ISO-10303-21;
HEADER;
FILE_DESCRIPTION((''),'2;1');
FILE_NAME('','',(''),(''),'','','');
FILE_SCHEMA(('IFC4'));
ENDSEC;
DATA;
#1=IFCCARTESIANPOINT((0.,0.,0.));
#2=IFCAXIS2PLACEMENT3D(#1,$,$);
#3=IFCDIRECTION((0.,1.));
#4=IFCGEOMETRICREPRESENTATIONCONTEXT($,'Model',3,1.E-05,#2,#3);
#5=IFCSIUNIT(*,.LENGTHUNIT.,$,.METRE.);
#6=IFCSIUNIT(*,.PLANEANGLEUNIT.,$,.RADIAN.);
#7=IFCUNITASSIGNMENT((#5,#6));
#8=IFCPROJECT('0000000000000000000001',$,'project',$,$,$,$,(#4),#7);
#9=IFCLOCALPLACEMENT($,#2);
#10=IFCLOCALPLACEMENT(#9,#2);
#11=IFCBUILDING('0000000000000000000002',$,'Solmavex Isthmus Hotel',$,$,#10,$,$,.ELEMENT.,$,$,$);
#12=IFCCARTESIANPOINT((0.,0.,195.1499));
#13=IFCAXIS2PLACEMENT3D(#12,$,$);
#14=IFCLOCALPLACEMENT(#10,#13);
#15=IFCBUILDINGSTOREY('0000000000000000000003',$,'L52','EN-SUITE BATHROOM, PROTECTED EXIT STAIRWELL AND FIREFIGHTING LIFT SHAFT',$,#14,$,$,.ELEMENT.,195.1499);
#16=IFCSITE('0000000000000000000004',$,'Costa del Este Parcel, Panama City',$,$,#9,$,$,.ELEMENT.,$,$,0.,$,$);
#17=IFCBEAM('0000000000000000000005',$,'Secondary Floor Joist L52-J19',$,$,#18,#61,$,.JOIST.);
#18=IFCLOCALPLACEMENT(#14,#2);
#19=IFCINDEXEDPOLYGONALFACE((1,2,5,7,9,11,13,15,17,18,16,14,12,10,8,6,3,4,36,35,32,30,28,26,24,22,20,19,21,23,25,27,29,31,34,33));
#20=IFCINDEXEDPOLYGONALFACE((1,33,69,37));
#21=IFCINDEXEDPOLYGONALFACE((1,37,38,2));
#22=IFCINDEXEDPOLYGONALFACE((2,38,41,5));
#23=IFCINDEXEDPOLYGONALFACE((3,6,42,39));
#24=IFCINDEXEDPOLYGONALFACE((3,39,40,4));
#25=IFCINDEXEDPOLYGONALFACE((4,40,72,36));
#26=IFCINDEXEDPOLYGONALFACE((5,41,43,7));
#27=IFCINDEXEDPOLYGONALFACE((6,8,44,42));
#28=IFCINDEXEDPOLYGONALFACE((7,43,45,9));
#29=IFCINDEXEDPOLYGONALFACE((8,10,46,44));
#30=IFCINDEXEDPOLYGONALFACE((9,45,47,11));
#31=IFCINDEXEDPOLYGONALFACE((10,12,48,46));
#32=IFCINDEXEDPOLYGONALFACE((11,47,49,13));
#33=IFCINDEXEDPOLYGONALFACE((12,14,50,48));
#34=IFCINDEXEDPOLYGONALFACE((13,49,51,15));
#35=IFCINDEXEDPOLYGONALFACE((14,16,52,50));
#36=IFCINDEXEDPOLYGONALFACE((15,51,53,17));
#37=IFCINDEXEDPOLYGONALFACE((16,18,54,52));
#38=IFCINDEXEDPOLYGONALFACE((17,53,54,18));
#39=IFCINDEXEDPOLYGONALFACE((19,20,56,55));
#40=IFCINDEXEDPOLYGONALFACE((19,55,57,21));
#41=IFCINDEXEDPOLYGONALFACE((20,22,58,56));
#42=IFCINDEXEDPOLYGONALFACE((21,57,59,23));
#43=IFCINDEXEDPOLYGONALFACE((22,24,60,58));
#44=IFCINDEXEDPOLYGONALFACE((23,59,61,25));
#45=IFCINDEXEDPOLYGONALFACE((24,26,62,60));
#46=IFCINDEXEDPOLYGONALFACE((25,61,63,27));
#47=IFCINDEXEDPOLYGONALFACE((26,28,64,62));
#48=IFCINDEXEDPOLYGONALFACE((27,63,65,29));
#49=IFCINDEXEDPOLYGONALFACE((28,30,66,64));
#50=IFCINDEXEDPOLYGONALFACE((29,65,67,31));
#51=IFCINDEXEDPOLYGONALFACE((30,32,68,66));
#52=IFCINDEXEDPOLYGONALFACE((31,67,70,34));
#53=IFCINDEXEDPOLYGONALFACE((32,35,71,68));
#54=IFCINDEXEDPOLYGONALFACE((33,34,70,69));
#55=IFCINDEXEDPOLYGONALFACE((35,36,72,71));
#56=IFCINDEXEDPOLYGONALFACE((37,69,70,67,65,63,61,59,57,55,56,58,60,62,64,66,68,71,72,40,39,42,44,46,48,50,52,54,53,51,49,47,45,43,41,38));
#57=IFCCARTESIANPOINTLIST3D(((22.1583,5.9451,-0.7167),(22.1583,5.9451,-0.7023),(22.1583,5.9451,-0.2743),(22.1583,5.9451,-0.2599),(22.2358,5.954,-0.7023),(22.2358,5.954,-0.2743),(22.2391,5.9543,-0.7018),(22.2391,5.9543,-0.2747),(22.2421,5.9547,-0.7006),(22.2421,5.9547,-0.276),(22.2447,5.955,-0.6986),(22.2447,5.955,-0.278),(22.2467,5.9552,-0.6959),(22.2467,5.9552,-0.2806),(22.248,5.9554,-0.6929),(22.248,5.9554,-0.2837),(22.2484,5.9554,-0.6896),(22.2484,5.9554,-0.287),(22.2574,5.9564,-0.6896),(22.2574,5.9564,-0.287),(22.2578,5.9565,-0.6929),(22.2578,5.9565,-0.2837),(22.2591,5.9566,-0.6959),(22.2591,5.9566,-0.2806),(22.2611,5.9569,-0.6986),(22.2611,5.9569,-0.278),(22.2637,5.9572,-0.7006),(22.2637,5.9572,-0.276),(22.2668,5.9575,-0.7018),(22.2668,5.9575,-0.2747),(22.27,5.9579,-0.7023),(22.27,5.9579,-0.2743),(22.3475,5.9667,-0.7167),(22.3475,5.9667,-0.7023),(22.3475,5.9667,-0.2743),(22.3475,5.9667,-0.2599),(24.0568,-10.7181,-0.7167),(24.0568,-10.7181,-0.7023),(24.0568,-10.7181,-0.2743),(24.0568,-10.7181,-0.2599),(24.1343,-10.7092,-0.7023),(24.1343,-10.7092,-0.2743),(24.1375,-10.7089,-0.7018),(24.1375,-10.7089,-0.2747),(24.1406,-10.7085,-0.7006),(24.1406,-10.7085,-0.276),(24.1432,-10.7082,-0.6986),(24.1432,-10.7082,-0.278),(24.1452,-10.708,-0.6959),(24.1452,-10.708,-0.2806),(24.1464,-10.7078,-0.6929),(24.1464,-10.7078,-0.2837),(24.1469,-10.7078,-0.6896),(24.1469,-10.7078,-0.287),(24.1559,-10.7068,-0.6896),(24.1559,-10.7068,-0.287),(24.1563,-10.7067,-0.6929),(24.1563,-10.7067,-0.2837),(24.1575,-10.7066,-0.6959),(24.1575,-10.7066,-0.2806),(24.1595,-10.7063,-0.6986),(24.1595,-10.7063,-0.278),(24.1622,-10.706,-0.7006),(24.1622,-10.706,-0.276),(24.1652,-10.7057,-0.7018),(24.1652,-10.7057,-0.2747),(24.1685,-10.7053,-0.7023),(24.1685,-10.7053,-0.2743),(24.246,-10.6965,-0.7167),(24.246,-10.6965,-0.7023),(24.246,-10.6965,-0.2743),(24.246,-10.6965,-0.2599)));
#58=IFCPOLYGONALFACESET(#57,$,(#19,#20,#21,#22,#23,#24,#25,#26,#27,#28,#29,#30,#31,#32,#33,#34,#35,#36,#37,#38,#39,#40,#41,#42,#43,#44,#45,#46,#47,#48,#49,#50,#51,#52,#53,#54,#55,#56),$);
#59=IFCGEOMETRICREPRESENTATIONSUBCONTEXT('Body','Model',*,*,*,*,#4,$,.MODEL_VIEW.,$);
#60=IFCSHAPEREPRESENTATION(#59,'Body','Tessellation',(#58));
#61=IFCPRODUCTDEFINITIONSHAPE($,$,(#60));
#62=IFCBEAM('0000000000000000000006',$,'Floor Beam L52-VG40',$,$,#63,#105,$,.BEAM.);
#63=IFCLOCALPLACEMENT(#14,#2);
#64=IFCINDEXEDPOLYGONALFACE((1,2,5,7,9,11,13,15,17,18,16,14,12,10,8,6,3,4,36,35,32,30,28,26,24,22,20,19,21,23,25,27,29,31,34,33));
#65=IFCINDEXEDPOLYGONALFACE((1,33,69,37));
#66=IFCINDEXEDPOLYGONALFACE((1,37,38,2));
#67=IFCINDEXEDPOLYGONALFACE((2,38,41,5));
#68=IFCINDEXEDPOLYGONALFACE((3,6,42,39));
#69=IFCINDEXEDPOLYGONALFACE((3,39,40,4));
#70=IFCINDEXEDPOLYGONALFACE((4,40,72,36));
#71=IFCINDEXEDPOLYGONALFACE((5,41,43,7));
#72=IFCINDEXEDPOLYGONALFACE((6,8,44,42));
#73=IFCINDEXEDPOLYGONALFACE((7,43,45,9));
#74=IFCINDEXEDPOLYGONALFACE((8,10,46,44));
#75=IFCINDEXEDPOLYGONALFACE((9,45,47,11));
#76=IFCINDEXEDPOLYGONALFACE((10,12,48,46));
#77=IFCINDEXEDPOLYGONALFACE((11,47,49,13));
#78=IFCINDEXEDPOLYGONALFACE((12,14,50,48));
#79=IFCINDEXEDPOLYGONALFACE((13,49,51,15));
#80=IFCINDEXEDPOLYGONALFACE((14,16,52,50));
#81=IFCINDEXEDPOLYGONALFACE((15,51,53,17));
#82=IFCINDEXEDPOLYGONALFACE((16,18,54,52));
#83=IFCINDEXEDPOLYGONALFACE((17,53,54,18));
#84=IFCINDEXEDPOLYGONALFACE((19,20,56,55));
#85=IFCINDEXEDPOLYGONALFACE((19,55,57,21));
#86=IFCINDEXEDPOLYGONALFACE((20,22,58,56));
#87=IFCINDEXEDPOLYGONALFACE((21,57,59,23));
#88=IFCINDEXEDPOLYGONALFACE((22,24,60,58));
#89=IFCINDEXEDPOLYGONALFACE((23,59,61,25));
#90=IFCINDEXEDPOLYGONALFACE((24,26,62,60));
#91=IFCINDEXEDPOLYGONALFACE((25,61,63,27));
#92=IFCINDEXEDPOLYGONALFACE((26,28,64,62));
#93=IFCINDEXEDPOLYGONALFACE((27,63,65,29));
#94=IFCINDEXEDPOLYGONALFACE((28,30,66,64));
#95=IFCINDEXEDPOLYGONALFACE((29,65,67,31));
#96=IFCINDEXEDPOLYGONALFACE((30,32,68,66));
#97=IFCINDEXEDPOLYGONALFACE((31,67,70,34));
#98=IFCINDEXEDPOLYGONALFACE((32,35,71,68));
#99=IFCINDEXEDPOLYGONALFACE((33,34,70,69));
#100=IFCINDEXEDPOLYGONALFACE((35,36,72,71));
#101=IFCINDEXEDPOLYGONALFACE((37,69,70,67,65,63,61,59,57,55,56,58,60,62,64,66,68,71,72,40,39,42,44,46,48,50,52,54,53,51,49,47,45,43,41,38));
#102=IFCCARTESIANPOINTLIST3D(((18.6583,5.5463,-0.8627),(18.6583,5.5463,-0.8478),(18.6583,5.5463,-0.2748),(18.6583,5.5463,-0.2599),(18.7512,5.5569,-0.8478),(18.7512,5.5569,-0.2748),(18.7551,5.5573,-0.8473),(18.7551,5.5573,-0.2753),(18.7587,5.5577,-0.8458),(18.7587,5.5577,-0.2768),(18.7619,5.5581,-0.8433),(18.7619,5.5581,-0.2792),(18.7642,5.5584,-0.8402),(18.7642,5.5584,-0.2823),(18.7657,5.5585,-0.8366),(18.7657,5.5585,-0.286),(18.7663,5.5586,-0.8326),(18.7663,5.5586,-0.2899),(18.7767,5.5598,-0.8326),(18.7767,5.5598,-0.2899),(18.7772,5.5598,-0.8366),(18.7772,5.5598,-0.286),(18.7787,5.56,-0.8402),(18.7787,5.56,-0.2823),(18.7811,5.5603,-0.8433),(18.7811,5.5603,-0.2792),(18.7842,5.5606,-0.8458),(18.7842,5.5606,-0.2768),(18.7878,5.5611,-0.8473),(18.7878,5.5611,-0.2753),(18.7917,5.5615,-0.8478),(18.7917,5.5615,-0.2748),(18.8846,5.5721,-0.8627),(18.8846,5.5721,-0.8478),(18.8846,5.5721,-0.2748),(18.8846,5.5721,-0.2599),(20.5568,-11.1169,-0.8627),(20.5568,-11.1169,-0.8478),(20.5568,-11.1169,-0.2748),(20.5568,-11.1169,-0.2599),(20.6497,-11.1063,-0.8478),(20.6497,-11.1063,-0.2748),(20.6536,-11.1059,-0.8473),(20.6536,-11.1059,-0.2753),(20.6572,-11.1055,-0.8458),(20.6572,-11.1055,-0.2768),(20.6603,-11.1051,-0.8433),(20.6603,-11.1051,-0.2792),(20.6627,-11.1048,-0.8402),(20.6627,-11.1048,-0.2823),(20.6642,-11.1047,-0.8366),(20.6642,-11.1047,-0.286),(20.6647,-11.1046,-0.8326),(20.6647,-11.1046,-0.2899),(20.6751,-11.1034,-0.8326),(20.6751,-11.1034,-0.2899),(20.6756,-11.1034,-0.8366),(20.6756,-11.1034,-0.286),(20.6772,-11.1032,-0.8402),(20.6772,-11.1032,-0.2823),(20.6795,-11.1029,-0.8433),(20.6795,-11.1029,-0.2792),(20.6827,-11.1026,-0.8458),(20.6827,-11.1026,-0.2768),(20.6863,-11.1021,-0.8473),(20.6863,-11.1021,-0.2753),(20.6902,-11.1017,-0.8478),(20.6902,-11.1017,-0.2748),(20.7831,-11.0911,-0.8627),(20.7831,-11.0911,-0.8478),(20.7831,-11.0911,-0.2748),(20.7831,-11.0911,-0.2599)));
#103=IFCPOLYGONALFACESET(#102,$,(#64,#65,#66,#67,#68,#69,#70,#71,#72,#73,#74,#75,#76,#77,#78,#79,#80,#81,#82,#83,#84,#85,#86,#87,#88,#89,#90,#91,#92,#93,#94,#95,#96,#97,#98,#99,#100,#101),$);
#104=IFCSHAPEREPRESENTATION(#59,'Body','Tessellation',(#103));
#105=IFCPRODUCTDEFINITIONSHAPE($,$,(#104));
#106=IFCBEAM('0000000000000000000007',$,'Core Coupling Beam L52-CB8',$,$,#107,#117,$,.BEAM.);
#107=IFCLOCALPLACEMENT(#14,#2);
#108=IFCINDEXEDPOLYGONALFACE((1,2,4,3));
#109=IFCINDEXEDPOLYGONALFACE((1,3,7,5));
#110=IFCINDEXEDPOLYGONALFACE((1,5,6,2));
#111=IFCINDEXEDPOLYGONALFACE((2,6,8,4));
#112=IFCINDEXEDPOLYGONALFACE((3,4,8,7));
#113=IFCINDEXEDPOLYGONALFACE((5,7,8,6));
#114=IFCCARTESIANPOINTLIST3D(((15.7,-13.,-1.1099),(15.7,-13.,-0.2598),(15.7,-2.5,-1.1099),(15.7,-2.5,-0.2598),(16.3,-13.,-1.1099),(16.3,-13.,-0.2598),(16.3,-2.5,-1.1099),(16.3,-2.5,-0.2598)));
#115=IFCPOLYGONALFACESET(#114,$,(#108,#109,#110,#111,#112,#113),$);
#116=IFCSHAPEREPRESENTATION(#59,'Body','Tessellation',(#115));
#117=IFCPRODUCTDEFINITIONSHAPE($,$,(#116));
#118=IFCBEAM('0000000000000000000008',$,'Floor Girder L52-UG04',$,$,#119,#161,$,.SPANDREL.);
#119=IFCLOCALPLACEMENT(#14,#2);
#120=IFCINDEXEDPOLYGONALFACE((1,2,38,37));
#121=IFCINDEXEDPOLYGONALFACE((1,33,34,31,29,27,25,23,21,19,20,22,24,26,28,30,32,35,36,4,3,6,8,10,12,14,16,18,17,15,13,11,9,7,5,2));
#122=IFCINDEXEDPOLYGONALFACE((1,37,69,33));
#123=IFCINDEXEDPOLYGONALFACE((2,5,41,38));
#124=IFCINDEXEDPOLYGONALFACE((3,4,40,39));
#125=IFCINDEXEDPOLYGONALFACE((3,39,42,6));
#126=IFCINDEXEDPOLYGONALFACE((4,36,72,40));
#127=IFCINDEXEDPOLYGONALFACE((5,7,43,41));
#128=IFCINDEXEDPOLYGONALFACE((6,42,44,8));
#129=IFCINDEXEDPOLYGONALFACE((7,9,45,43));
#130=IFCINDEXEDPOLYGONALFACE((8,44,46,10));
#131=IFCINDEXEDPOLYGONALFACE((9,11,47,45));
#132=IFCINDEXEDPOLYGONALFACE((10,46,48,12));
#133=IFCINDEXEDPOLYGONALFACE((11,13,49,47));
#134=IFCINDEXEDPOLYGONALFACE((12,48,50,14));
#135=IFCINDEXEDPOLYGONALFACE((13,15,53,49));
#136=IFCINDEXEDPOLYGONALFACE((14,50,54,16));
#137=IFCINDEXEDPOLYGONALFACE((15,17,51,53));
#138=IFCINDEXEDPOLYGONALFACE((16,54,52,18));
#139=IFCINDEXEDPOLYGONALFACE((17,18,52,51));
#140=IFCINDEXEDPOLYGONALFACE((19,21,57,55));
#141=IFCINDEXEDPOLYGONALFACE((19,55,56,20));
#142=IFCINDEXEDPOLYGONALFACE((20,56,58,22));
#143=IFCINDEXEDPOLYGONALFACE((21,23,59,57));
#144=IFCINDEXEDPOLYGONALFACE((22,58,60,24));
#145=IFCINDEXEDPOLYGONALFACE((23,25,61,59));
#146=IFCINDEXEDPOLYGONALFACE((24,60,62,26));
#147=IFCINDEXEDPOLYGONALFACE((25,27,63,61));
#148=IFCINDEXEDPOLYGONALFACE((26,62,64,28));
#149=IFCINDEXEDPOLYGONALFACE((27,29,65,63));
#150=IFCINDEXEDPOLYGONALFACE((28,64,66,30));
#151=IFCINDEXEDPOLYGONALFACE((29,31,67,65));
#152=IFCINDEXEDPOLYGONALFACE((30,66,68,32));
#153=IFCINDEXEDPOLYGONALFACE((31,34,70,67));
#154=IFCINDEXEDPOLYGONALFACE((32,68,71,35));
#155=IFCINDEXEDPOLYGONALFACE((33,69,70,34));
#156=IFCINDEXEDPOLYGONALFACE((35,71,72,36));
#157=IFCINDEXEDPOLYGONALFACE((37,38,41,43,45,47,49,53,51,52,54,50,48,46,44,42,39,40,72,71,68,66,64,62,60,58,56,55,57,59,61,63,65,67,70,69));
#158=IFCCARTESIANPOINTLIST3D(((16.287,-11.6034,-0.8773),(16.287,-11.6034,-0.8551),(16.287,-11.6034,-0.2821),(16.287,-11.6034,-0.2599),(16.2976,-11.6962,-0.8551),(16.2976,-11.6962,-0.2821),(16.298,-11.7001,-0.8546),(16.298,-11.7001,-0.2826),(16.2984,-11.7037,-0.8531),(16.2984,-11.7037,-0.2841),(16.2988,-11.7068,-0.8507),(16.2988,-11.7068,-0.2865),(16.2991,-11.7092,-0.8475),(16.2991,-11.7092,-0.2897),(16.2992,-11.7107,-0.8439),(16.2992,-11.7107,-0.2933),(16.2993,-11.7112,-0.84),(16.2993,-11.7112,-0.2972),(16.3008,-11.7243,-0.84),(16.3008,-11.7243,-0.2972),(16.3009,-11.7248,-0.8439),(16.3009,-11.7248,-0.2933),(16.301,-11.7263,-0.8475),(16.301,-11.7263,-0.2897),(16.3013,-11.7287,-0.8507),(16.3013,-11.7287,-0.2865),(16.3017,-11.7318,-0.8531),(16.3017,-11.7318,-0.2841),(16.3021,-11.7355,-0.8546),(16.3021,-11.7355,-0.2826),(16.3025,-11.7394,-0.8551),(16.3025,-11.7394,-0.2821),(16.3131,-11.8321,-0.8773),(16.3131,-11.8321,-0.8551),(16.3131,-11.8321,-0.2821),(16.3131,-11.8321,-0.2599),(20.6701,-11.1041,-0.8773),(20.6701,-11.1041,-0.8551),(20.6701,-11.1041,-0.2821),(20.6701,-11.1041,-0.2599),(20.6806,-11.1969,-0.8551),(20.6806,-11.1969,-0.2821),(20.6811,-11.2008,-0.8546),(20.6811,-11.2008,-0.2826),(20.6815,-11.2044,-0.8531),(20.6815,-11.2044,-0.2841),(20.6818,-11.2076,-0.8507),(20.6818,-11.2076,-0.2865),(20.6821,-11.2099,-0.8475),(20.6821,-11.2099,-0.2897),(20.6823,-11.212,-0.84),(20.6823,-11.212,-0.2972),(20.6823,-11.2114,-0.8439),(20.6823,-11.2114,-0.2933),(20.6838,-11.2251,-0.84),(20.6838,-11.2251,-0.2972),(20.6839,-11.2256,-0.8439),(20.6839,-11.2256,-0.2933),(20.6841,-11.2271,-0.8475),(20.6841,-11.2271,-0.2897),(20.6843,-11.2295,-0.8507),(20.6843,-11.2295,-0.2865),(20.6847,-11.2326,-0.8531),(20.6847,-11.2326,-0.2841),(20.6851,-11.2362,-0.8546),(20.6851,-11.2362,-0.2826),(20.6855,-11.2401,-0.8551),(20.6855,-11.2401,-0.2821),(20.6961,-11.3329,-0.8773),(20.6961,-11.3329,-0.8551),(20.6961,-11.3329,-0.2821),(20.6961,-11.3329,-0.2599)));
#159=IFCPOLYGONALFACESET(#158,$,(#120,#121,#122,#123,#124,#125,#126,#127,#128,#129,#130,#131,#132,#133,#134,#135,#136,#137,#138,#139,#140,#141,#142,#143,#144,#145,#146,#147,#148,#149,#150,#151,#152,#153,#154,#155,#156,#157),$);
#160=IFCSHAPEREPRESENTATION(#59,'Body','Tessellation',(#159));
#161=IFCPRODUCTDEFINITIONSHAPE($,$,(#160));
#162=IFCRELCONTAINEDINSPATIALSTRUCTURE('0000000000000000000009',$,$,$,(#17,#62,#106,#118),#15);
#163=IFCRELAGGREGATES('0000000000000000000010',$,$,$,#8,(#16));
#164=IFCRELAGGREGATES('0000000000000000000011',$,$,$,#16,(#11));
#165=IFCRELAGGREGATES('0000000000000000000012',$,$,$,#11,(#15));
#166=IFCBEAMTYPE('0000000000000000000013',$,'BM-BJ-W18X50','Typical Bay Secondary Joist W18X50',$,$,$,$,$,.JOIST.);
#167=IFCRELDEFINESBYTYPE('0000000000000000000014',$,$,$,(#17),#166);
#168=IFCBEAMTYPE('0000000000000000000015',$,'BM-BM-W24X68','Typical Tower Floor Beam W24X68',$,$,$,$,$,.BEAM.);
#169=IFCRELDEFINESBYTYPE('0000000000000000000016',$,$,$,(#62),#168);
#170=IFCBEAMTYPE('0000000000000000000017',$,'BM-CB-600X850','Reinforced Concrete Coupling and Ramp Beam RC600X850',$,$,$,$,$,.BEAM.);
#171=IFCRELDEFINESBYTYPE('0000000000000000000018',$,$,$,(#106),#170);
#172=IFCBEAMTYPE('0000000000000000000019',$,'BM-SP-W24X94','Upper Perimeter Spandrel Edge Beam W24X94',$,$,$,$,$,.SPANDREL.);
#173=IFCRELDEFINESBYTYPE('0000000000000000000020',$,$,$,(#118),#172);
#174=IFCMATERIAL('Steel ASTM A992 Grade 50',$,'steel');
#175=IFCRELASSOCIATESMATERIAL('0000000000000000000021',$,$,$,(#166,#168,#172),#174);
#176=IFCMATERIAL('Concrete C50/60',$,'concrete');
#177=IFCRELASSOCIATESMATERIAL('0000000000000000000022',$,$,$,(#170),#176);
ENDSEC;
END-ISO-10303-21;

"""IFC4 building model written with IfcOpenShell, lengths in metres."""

from ifc_helpers import new_model, si_unit, direction, frame, origin, origin_2d, place, context, subcontext, project, spatial, rectangle, i_section, extrude, material, material_profile, profile_set, type_object, element, save


model = new_model("IFC4")

# Units and contexts
model_context = context("Model", 3, precision=1e-05, world=origin(), true_north=direction((0.0, 1.0)))
body_context = subcontext(model_context, "Body", "Model", "MODEL_VIEW")
ifc_project = project(units=[si_unit("LENGTHUNIT", "METRE"), si_unit("PLANEANGLEUNIT", "RADIAN")], contexts=[model_context])

# Site, building, storey
site_placement = place(None, origin())
site = spatial("IfcSite", under=ifc_project, at=site_placement, Name="Costa del Este Parcel, Panama City", CompositionType="ELEMENT", RefElevation=0.0)
building_placement = place(site_placement, origin())
building = spatial("IfcBuilding", under=site, at=building_placement, Name="Solmavex Isthmus Hotel", CompositionType="ELEMENT")
storey_placement = place(building_placement, frame((0.0, 0.0, 195.1499)))
storey = spatial("IfcBuildingStorey", under=building, at=storey_placement, Name="L52", Description="EN-SUITE BATHROOM, PROTECTED EXIT STAIRWELL AND FIREFIGHTING LIFT SHAFT", CompositionType="ELEMENT", Elevation=195.1499)

# Shared definitions
ifc_material_1 = material(Name="Concrete C50/60", Category="concrete")

# Beams
ifc_material_2 = material(Name="Steel ASTM A992 Grade 50", Category="steel")
ifc_material_profile_1 = material_profile(ifc_material_2, i_section(OverallWidth=0.1904, OverallDepth=0.4568, WebThickness=0.009, FlangeThickness=0.0144, FilletRadius=0.0127, at=origin_2d()), Name="W18X50")
ifc_profile_set_1 = profile_set([ifc_material_profile_1], Name="Steel ASTM A992 Grade 50")
beam_type_1 = type_object("IfcBeamType", Name="BM-BJ-W18X50", Description="Typical Bay Secondary Joist W18X50", PredefinedType="JOIST", material=ifc_profile_set_1)
beam_1_placement = place(storey_placement, frame((24.1514, -10.7073, -0.4883), z_axis=(-0.113198, 0.993572, 0.0), x_axis=(-0.993572, -0.113198, 0.0)))
element("IfcBeam", 1, at=beam_1_placement, inside=storey, type_object=beam_type_1, Name="Secondary Floor Joist L52-J19", PredefinedType="JOIST", context=body_context, shape_type="SweptSolid", body=[
    extrude(i_section(OverallWidth=0.1904, OverallDepth=0.4568, WebThickness=0.009, FlangeThickness=0.0144, FilletRadius=0.0127, at=origin_2d()), origin(), (0.0, 0.0, 1.0), 16.771),
])
ifc_material_profile_2 = material_profile(ifc_material_2, i_section(OverallWidth=0.2278, OverallDepth=0.6028, WebThickness=0.0105, FlangeThickness=0.0149, FilletRadius=0.0151, at=origin_2d()), Name="W24X68")
ifc_profile_set_2 = profile_set([ifc_material_profile_2], Name="Steel ASTM A992 Grade 50")
beam_type_2 = type_object("IfcBeamType", Name="BM-BM-W24X68", Description="Typical Tower Floor Beam W24X68", PredefinedType="BEAM", material=ifc_profile_set_2)
beam_2_placement = place(storey_placement, frame((20.6699, -11.104, -0.5613), z_axis=(-0.113198, 0.993572, 0.0), x_axis=(-0.993572, -0.113198, 0.0)))
element("IfcBeam", 2, at=beam_2_placement, inside=storey, type_object=beam_type_2, Name="Floor Beam L52-VG40", PredefinedType="BEAM", context=body_context, shape_type="SweptSolid", body=[
    extrude(i_section(OverallWidth=0.2278, OverallDepth=0.6028, WebThickness=0.0105, FlangeThickness=0.0149, FilletRadius=0.0151, at=origin_2d()), origin(), (0.0, 0.0, 1.0), 16.771),
])
ifc_material_profile_3 = material_profile(ifc_material_1, rectangle(XDim=0.6001, YDim=0.8501, at=origin_2d()), Name="RC600X850")
ifc_profile_set_3 = profile_set([ifc_material_profile_3], Name="Concrete C50/60")
beam_type_3 = type_object("IfcBeamType", Name="BM-CB-600X850", Description="Reinforced Concrete Coupling and Ramp Beam RC600X850", PredefinedType="BEAM", material=ifc_profile_set_3)
beam_3_placement = place(storey_placement, frame((16.0, -13.0, -0.6848), z_axis=(0.0, 1.0, 0.0), x_axis=(-1.0, 0.0, 0.0)))
element("IfcBeam", 3, at=beam_3_placement, inside=storey, type_object=beam_type_3, Name="Core Coupling Beam L52-CB8", PredefinedType="BEAM", context=body_context, shape_type="SweptSolid", body=[
    extrude(rectangle(XDim=0.6001, YDim=0.8501, at=origin_2d()), origin(), (0.0, 0.0, 1.0), 10.5),
])
ifc_material_profile_4 = material_profile(ifc_material_2, i_section(OverallWidth=0.2302, OverallDepth=0.6174, WebThickness=0.0132, FlangeThickness=0.0222, FilletRadius=0.0151, at=origin_2d()), Name="W24X94")
ifc_profile_set_4 = profile_set([ifc_material_profile_4], Name="Steel ASTM A992 Grade 50")
beam_type_4 = type_object("IfcBeamType", Name="BM-SP-W24X94", Description="Upper Perimeter Spandrel Edge Beam W24X94", PredefinedType="SPANDREL", material=ifc_profile_set_4)
beam_4_placement = place(storey_placement, frame((16.3, -11.7178, -0.5686), z_axis=(0.993575, 0.113177, 0.0), x_axis=(-0.113177, 0.993575, 0.0)))
element("IfcBeam", 4, at=beam_4_placement, inside=storey, type_object=beam_type_4, Name="Floor Girder L52-UG04", PredefinedType="SPANDREL", context=body_context, shape_type="SweptSolid", body=[
    extrude(i_section(OverallWidth=0.2302, OverallDepth=0.6174, WebThickness=0.0132, FlangeThickness=0.0222, FilletRadius=0.0151, at=origin_2d()), origin(), (0.0, 0.0, 1.0), 4.4114),
])

save(model, "model.ifc")
